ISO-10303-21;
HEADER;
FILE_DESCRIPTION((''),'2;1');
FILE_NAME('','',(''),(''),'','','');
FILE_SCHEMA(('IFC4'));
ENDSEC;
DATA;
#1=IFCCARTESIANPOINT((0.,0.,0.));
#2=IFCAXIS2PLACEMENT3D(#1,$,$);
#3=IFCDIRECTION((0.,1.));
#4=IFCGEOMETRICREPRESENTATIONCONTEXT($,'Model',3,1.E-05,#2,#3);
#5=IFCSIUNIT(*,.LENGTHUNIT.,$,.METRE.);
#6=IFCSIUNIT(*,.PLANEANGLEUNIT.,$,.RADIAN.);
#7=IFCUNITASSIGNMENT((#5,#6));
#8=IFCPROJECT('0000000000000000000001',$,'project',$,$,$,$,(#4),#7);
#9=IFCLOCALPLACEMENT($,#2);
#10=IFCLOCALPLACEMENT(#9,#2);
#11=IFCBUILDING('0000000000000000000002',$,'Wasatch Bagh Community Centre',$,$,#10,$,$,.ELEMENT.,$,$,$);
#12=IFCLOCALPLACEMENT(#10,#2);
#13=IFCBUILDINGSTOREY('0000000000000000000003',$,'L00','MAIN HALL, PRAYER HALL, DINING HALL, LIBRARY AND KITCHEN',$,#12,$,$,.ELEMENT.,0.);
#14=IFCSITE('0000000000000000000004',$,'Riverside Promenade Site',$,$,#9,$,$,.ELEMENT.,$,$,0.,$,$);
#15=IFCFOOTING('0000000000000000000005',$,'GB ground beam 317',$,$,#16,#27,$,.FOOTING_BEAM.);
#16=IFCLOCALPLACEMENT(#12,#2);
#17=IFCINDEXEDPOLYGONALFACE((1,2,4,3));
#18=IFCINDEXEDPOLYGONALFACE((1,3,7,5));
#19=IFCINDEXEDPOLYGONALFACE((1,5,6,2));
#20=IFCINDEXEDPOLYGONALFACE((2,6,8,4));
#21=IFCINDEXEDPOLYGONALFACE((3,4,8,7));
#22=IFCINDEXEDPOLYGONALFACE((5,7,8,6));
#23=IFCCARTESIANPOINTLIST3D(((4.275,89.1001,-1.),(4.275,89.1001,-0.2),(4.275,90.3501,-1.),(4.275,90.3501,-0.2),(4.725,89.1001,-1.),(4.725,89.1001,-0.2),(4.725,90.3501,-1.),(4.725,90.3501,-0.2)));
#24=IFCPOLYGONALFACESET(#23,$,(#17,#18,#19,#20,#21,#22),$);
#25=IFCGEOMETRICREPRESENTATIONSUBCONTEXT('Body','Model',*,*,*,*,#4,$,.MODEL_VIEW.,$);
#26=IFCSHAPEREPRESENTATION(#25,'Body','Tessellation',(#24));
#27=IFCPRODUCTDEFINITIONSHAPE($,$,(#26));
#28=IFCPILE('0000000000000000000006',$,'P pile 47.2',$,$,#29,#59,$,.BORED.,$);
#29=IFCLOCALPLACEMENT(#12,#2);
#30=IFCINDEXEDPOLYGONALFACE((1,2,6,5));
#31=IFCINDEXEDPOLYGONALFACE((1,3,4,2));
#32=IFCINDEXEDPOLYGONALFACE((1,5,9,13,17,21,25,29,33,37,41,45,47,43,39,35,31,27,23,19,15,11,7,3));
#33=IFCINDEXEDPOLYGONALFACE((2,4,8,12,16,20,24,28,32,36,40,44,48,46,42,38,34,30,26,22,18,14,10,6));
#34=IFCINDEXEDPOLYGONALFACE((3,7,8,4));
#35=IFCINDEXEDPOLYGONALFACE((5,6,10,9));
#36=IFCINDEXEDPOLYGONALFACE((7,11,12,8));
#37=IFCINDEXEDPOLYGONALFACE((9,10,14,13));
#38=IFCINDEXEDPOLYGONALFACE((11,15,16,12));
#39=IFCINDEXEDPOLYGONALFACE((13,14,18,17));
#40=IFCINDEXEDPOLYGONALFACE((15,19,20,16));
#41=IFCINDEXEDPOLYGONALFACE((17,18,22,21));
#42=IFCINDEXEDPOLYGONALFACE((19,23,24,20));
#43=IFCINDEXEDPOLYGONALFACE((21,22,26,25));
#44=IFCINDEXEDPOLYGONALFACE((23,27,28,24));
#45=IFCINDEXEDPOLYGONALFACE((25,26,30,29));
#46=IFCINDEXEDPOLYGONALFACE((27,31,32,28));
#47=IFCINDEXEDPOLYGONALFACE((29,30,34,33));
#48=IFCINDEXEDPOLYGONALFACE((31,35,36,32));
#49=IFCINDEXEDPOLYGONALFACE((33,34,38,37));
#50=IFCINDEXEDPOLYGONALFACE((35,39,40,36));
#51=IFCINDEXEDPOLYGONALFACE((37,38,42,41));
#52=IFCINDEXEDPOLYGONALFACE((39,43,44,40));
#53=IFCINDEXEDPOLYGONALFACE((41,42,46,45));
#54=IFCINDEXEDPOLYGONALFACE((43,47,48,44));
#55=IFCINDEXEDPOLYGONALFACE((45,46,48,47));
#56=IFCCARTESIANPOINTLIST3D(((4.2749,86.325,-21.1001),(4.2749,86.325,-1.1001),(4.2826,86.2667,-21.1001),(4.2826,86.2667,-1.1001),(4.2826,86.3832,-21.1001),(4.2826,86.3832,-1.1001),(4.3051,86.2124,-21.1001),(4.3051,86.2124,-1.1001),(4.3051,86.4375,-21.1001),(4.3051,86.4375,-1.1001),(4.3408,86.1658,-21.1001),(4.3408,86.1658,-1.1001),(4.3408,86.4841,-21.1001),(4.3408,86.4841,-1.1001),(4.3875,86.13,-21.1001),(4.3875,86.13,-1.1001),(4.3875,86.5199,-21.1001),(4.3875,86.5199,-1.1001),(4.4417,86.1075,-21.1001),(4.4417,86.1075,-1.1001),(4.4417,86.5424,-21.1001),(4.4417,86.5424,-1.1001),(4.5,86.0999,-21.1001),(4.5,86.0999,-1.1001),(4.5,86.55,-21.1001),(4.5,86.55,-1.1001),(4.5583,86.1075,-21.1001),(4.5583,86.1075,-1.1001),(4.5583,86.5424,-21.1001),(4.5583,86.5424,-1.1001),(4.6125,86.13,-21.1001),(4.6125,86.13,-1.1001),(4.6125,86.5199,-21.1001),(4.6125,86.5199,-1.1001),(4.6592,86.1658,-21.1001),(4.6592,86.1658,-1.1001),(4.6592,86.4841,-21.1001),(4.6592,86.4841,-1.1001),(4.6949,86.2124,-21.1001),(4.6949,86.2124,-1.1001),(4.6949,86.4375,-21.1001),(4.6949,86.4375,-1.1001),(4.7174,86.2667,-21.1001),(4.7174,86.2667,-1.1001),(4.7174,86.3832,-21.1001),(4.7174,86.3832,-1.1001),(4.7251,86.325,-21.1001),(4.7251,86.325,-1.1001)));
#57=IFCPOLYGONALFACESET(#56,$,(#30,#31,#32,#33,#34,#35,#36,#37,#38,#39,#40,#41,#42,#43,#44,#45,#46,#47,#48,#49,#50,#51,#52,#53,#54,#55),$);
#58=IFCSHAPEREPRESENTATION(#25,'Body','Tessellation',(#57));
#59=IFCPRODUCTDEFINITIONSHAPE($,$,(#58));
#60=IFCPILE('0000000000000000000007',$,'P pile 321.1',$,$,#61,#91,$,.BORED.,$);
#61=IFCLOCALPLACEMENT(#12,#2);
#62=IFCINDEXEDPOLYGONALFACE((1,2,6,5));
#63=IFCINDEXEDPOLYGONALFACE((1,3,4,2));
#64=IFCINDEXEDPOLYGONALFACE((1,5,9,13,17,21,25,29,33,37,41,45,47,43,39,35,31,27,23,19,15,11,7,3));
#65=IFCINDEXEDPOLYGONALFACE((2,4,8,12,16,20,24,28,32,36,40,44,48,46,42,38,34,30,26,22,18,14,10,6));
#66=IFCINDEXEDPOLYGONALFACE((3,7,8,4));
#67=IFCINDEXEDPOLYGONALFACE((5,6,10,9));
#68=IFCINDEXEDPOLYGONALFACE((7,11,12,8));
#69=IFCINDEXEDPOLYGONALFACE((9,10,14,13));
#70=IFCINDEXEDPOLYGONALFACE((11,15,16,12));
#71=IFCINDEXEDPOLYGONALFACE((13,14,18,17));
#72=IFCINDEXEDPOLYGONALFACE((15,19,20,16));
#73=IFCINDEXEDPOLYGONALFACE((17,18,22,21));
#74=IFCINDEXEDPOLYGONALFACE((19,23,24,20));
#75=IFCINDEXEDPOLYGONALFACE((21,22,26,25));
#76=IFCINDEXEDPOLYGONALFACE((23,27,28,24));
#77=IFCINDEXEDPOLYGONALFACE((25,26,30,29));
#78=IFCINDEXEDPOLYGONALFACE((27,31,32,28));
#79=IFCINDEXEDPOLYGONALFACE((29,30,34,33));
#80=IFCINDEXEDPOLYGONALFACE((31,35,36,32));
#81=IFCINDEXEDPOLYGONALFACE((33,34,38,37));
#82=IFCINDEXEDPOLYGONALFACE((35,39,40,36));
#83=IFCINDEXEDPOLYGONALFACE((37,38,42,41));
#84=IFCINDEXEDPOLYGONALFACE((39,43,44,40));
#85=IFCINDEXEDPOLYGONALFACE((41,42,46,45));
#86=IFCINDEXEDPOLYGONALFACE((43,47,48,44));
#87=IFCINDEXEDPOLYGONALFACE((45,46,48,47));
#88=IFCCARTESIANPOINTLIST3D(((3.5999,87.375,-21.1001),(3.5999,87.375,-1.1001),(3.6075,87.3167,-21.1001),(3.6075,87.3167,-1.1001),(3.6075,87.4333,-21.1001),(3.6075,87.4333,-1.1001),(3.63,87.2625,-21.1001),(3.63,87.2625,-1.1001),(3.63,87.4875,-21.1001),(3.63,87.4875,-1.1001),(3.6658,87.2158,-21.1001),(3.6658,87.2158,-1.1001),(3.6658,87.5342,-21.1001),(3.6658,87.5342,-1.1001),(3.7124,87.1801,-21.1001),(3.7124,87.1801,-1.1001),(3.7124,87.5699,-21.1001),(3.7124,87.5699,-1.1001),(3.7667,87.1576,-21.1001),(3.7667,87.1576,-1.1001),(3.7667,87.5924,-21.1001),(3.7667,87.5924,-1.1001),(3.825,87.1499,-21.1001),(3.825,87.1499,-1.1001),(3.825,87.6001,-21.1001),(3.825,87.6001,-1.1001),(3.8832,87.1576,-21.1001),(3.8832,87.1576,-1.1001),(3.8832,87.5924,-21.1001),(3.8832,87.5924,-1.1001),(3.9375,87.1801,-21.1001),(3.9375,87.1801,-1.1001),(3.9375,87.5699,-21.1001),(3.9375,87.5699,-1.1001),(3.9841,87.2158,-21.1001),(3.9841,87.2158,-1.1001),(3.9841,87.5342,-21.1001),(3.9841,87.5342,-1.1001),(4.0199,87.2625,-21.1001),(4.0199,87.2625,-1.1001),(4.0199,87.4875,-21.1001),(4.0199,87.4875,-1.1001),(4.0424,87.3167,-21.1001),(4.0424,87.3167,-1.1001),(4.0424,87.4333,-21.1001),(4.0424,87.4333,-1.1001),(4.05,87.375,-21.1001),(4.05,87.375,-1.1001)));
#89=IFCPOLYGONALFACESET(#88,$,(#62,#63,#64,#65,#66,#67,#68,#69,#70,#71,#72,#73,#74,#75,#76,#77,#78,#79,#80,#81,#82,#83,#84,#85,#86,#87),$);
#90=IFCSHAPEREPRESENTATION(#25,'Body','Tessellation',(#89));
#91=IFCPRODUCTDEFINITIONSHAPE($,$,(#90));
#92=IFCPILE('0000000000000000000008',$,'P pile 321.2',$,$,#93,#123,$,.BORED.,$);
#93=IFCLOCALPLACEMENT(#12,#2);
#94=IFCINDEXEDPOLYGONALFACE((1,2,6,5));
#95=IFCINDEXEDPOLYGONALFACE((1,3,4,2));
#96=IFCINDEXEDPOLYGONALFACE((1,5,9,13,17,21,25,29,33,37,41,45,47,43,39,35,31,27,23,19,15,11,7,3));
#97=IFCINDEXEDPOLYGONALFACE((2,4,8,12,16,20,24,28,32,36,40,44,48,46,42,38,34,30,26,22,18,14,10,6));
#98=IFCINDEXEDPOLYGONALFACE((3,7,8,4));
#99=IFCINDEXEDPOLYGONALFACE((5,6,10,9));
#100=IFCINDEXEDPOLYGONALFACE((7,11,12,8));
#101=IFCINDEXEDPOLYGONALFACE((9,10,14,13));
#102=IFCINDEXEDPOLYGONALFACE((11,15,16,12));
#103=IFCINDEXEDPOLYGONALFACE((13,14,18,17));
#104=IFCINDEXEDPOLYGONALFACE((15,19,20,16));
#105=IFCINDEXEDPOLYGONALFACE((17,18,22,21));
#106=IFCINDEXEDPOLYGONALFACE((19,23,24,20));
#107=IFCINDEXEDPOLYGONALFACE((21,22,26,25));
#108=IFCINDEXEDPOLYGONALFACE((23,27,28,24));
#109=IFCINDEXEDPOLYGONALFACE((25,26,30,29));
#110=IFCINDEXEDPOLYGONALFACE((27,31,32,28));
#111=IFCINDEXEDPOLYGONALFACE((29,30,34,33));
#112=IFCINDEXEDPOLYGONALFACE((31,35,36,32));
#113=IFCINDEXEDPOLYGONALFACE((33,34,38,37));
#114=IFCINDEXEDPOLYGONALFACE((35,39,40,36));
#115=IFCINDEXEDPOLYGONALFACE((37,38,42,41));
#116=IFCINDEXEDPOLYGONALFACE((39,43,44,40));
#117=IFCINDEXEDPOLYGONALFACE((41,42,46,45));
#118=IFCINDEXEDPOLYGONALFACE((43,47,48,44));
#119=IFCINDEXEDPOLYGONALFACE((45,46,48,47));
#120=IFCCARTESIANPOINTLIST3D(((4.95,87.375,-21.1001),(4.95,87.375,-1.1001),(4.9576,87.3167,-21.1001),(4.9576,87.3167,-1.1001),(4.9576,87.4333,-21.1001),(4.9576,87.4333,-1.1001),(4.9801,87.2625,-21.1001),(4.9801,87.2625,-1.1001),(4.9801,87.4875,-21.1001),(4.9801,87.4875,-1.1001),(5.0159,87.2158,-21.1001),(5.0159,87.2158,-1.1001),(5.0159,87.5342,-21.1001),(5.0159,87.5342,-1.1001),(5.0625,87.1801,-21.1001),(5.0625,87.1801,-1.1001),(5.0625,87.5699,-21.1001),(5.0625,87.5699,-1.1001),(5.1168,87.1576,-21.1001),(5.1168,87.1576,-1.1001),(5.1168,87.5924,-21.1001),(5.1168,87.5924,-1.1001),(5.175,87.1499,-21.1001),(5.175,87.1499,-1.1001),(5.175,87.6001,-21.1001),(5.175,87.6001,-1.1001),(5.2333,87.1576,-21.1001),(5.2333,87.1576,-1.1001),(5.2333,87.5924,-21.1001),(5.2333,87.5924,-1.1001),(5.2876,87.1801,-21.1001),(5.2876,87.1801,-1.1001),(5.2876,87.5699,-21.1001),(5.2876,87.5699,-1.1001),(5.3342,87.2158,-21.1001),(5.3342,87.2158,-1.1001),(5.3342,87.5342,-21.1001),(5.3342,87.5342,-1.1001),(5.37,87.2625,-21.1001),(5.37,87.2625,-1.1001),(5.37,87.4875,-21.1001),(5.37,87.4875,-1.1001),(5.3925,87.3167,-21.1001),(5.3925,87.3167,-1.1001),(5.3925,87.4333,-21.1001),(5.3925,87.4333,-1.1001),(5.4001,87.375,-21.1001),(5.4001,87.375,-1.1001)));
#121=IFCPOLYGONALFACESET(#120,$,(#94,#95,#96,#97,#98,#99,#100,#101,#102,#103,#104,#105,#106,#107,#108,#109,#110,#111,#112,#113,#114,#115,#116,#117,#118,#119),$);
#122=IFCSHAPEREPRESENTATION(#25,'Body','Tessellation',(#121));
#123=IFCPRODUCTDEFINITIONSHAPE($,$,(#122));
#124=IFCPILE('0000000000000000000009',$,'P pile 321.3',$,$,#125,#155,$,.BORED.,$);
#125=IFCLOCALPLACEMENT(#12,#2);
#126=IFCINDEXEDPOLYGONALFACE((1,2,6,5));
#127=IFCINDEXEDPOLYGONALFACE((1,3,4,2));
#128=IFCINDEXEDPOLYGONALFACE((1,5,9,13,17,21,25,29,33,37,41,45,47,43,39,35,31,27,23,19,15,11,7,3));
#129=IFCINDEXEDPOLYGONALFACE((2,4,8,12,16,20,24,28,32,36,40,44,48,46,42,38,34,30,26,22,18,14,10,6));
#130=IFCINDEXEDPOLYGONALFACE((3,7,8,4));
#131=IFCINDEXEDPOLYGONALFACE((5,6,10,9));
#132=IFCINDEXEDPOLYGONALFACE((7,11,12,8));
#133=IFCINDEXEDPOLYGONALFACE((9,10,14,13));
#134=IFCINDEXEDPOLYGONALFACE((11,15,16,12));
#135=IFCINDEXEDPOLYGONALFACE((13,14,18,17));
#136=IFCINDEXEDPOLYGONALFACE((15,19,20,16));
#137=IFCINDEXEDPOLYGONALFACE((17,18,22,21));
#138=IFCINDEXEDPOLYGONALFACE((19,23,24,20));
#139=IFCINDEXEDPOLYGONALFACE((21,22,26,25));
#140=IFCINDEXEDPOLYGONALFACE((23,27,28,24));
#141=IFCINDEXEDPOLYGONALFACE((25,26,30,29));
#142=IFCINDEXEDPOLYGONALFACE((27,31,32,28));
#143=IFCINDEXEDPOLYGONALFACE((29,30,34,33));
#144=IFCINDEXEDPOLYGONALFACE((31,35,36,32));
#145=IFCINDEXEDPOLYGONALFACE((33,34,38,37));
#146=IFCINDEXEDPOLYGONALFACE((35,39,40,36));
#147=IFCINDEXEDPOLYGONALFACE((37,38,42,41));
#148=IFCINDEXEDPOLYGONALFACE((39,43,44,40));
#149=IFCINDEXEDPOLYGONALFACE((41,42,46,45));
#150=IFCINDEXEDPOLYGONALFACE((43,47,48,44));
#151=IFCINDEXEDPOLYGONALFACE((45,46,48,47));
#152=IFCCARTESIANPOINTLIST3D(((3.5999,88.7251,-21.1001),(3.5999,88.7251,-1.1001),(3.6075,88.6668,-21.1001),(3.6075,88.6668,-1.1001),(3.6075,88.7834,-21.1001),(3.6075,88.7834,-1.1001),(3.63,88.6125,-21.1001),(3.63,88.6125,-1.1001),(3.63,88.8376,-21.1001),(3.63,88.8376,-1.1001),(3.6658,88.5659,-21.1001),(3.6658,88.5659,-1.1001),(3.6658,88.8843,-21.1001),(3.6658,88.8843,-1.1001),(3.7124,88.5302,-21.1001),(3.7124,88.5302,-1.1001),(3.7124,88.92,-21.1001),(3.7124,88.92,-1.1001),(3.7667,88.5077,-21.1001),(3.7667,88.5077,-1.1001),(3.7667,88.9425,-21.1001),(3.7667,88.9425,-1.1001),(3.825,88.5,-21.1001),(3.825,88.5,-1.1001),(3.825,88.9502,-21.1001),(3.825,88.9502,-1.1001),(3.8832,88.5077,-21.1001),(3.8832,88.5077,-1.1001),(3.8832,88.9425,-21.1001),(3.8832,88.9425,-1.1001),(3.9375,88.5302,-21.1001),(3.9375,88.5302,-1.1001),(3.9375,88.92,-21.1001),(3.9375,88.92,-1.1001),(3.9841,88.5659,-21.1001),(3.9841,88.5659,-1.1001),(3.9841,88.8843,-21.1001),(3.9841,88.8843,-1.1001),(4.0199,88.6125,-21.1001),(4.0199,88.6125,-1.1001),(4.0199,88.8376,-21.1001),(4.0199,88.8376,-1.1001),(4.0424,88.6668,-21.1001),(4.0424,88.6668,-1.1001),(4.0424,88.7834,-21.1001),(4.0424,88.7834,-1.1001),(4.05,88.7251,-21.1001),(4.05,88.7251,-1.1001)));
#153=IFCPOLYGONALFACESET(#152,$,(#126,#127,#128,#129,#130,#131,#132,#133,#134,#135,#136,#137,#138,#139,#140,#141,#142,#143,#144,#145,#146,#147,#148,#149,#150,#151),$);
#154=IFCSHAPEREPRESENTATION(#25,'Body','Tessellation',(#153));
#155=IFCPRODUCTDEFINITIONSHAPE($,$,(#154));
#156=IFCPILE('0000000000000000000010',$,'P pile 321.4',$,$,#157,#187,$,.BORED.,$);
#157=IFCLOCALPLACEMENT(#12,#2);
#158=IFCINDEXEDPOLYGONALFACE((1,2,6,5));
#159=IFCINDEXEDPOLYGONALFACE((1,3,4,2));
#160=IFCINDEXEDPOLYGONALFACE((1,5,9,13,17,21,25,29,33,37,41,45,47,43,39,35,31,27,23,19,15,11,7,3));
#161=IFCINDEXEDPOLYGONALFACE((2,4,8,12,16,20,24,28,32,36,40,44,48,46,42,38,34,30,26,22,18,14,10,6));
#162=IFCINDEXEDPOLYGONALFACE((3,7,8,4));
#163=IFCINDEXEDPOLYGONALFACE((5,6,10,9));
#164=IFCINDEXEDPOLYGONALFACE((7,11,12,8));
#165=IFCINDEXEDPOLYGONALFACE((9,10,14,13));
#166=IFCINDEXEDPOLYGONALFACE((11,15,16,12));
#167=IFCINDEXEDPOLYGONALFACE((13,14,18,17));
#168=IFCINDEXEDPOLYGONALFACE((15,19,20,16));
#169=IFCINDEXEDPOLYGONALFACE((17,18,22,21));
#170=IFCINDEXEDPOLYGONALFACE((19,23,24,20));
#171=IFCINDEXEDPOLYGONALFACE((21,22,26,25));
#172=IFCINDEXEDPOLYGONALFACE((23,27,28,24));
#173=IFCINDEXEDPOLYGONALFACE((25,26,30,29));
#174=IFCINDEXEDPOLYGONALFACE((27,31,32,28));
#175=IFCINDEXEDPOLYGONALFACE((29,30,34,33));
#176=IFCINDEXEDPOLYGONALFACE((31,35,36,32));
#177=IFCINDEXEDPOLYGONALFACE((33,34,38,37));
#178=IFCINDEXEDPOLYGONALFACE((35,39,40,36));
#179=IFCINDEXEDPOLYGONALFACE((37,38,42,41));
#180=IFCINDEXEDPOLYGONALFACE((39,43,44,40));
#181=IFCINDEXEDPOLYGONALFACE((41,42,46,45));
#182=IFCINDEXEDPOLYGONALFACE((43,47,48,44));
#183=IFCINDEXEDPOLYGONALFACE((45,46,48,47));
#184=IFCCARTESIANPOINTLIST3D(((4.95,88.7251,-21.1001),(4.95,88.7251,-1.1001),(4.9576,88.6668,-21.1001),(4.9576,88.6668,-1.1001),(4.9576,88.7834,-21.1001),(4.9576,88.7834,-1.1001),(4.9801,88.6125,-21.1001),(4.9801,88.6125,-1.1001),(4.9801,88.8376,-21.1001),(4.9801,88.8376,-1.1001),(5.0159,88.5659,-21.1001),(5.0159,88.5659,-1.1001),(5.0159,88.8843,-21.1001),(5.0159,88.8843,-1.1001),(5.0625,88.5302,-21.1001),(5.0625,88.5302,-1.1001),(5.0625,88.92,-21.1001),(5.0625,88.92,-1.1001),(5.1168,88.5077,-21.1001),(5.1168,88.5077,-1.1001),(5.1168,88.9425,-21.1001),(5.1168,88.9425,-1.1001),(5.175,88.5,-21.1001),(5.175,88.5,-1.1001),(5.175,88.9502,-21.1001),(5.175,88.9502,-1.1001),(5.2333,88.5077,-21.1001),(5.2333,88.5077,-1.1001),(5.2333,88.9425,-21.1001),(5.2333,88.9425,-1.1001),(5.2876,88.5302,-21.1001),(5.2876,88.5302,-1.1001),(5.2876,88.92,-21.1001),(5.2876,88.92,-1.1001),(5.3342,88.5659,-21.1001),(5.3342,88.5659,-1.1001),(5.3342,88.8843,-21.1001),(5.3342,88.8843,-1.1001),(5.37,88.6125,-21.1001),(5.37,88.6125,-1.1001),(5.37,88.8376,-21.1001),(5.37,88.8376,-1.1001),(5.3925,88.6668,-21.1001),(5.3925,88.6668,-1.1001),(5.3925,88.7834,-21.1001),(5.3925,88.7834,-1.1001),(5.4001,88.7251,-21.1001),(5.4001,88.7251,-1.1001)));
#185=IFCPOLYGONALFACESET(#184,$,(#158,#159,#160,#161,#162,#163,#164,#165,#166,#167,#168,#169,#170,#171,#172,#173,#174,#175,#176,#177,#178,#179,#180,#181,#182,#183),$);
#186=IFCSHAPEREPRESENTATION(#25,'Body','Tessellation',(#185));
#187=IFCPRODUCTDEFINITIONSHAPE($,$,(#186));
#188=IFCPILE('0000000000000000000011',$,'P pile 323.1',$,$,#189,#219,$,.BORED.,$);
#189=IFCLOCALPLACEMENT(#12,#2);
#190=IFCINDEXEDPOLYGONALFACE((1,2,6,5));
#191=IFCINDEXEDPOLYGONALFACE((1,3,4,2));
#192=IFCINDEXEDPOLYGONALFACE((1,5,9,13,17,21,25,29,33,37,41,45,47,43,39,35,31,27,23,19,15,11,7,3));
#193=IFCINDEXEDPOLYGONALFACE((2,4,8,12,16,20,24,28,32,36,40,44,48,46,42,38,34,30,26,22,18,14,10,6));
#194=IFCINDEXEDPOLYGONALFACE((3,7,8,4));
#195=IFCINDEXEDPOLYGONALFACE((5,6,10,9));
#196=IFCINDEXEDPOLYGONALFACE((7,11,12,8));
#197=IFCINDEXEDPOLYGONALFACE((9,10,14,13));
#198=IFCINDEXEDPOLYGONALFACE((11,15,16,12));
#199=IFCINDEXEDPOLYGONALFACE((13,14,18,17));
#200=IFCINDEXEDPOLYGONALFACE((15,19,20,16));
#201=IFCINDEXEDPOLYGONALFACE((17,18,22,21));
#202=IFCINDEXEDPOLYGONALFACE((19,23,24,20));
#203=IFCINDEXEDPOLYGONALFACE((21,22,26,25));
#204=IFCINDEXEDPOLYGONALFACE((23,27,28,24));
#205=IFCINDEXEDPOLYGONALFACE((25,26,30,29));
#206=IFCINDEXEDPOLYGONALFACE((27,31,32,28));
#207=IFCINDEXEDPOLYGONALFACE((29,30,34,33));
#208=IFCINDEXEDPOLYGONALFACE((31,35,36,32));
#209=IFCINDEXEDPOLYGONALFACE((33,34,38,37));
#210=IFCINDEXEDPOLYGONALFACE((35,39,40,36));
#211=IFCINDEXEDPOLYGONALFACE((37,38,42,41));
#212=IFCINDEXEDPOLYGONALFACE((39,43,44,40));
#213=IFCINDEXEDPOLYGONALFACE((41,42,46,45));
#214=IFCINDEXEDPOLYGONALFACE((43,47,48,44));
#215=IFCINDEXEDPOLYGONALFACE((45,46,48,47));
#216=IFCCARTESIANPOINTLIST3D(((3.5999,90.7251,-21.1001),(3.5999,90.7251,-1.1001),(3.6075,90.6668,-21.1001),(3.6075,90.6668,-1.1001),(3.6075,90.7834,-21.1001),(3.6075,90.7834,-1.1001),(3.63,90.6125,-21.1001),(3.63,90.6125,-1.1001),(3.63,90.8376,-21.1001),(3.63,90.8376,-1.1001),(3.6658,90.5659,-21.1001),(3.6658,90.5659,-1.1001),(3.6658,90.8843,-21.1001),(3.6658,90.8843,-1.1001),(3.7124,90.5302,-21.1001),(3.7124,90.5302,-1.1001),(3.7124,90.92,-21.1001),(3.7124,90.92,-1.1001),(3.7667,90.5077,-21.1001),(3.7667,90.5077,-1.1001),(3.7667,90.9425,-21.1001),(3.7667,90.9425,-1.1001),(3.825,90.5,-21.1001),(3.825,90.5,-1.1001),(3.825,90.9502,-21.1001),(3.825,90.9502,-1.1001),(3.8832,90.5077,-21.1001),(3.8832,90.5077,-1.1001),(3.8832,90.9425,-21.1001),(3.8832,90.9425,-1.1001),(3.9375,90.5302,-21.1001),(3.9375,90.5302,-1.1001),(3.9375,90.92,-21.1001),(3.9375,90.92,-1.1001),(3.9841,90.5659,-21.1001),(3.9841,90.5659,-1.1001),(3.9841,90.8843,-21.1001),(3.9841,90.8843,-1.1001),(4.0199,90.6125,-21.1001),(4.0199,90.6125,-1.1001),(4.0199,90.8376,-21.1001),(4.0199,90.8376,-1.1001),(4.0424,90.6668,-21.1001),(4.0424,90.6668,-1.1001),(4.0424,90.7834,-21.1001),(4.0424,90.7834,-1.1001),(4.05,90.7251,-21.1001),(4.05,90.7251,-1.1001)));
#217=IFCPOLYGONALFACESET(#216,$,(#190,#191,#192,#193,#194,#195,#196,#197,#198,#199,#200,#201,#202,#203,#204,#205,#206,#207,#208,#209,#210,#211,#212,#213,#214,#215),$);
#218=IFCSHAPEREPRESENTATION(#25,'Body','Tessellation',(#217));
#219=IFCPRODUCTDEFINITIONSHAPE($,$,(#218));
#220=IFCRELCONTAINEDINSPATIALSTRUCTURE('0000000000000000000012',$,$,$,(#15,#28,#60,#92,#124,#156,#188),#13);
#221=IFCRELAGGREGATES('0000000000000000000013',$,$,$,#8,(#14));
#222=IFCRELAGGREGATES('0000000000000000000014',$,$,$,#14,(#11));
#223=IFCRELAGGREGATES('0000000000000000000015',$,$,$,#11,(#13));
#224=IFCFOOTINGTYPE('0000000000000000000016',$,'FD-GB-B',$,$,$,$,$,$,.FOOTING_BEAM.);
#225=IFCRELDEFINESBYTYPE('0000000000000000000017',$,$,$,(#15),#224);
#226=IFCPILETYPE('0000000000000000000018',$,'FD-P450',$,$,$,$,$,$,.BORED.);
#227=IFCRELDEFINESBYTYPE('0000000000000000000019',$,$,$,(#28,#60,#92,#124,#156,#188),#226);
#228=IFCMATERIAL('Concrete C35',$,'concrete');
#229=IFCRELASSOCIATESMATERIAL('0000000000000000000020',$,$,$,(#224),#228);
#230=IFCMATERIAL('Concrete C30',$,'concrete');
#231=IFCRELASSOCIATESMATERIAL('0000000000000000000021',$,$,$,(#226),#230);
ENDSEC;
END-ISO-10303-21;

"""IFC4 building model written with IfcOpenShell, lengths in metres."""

from ifc_helpers import new_model, si_unit, direction, frame, origin, origin_2d, place, context, subcontext, project, spatial, rectangle, circle, extrude, material, material_profile, profile_set, type_object, element, save


model = new_model("IFC4")

# Units and contexts
model_context = context("Model", 3, precision=1e-05, world=origin(), true_north=direction((0.0, 1.0)))
body_context = subcontext(model_context, "Body", "Model", "MODEL_VIEW")
ifc_project = project(units=[si_unit("LENGTHUNIT", "METRE"), si_unit("PLANEANGLEUNIT", "RADIAN")], contexts=[model_context])

# Site, building, storey
site_placement = place(None, origin())
site = spatial("IfcSite", under=ifc_project, at=site_placement, Name="Riverside Promenade Site", CompositionType="ELEMENT", RefElevation=0.0)
building_placement = place(site_placement, origin())
building = spatial("IfcBuilding", under=site, at=building_placement, Name="Wasatch Bagh Community Centre", CompositionType="ELEMENT")
storey_placement = place(building_placement, origin())
storey = spatial("IfcBuildingStorey", under=building, at=storey_placement, Name="L00", Description="MAIN HALL, PRAYER HALL, DINING HALL, LIBRARY AND KITCHEN", CompositionType="ELEMENT", Elevation=0.0)

# Footing
ifc_material_1 = material(Name="Concrete C35", Category="concrete")
footing_type_1 = type_object("IfcFootingType", Name="FD-GB-B", PredefinedType="FOOTING_BEAM", material=ifc_material_1)
footing_placement = place(storey_placement, frame((4.5, 89.7251, -1.0), z_axis=(0.0, 0.0, 1.0), x_axis=(0.0, -1.0, 0.0)))
element("IfcFooting", 1, at=footing_placement, inside=storey, type_object=footing_type_1, Name="GB ground beam 317", PredefinedType="FOOTING_BEAM", context=body_context, shape_type="SweptSolid", body=[
    extrude(rectangle(XDim=1.25, YDim=0.45, at=origin_2d()), origin(), (0.0, 0.0, 1.0), 0.8),
])

# Piles
ifc_material_2 = material(Name="Concrete C30", Category="concrete")
ifc_material_profile_1 = material_profile(ifc_material_2, circle(Radius=0.2251, at=origin_2d()), Name="RC D450")
ifc_profile_set_1 = profile_set([ifc_material_profile_1], Name="Concrete C30")
pile_type = type_object("IfcPileType", Name="FD-P450", PredefinedType="BORED", material=ifc_profile_set_1)
for number, where, z_axis, x_axis, name in (
    (2, (4.5, 86.325, -1.1001), (0.0, 0.0, -1.0), (1.0, 0.0, 0.0), "P pile 47.2"),
    (3, (3.825, 87.375, -1.1001), (0.0, 0.0, -1.0), (1.0, 0.0, 0.0), "P pile 321.1"),
    (4, (5.175, 87.375, -1.1001), (0.0, 0.0, -1.0), (1.0, 0.0, 0.0), "P pile 321.2"),
    (5, (3.825, 88.7251, -1.1001), (0.0, 0.0, -1.0), (1.0, 0.0, 0.0), "P pile 321.3"),
    (6, (5.175, 88.7251, -1.1001), (0.0, 0.0, -1.0), (1.0, 0.0, 0.0), "P pile 321.4"),
    (7, (3.825, 90.7251, -1.1001), (0.0, 0.0, -1.0), (1.0, 0.0, 0.0), "P pile 323.1"),
):
    element("IfcPile", number, at=place(storey_placement, frame(where, z_axis=z_axis, x_axis=x_axis)), inside=storey, type_object=pile_type, Name=name, PredefinedType="BORED", context=body_context, shape_type="SweptSolid", body=[
        extrude(circle(Radius=0.2251, at=origin_2d()), origin(), (0.0, 0.0, 1.0), 20.0),
    ])

save(model, "model.ifc")
